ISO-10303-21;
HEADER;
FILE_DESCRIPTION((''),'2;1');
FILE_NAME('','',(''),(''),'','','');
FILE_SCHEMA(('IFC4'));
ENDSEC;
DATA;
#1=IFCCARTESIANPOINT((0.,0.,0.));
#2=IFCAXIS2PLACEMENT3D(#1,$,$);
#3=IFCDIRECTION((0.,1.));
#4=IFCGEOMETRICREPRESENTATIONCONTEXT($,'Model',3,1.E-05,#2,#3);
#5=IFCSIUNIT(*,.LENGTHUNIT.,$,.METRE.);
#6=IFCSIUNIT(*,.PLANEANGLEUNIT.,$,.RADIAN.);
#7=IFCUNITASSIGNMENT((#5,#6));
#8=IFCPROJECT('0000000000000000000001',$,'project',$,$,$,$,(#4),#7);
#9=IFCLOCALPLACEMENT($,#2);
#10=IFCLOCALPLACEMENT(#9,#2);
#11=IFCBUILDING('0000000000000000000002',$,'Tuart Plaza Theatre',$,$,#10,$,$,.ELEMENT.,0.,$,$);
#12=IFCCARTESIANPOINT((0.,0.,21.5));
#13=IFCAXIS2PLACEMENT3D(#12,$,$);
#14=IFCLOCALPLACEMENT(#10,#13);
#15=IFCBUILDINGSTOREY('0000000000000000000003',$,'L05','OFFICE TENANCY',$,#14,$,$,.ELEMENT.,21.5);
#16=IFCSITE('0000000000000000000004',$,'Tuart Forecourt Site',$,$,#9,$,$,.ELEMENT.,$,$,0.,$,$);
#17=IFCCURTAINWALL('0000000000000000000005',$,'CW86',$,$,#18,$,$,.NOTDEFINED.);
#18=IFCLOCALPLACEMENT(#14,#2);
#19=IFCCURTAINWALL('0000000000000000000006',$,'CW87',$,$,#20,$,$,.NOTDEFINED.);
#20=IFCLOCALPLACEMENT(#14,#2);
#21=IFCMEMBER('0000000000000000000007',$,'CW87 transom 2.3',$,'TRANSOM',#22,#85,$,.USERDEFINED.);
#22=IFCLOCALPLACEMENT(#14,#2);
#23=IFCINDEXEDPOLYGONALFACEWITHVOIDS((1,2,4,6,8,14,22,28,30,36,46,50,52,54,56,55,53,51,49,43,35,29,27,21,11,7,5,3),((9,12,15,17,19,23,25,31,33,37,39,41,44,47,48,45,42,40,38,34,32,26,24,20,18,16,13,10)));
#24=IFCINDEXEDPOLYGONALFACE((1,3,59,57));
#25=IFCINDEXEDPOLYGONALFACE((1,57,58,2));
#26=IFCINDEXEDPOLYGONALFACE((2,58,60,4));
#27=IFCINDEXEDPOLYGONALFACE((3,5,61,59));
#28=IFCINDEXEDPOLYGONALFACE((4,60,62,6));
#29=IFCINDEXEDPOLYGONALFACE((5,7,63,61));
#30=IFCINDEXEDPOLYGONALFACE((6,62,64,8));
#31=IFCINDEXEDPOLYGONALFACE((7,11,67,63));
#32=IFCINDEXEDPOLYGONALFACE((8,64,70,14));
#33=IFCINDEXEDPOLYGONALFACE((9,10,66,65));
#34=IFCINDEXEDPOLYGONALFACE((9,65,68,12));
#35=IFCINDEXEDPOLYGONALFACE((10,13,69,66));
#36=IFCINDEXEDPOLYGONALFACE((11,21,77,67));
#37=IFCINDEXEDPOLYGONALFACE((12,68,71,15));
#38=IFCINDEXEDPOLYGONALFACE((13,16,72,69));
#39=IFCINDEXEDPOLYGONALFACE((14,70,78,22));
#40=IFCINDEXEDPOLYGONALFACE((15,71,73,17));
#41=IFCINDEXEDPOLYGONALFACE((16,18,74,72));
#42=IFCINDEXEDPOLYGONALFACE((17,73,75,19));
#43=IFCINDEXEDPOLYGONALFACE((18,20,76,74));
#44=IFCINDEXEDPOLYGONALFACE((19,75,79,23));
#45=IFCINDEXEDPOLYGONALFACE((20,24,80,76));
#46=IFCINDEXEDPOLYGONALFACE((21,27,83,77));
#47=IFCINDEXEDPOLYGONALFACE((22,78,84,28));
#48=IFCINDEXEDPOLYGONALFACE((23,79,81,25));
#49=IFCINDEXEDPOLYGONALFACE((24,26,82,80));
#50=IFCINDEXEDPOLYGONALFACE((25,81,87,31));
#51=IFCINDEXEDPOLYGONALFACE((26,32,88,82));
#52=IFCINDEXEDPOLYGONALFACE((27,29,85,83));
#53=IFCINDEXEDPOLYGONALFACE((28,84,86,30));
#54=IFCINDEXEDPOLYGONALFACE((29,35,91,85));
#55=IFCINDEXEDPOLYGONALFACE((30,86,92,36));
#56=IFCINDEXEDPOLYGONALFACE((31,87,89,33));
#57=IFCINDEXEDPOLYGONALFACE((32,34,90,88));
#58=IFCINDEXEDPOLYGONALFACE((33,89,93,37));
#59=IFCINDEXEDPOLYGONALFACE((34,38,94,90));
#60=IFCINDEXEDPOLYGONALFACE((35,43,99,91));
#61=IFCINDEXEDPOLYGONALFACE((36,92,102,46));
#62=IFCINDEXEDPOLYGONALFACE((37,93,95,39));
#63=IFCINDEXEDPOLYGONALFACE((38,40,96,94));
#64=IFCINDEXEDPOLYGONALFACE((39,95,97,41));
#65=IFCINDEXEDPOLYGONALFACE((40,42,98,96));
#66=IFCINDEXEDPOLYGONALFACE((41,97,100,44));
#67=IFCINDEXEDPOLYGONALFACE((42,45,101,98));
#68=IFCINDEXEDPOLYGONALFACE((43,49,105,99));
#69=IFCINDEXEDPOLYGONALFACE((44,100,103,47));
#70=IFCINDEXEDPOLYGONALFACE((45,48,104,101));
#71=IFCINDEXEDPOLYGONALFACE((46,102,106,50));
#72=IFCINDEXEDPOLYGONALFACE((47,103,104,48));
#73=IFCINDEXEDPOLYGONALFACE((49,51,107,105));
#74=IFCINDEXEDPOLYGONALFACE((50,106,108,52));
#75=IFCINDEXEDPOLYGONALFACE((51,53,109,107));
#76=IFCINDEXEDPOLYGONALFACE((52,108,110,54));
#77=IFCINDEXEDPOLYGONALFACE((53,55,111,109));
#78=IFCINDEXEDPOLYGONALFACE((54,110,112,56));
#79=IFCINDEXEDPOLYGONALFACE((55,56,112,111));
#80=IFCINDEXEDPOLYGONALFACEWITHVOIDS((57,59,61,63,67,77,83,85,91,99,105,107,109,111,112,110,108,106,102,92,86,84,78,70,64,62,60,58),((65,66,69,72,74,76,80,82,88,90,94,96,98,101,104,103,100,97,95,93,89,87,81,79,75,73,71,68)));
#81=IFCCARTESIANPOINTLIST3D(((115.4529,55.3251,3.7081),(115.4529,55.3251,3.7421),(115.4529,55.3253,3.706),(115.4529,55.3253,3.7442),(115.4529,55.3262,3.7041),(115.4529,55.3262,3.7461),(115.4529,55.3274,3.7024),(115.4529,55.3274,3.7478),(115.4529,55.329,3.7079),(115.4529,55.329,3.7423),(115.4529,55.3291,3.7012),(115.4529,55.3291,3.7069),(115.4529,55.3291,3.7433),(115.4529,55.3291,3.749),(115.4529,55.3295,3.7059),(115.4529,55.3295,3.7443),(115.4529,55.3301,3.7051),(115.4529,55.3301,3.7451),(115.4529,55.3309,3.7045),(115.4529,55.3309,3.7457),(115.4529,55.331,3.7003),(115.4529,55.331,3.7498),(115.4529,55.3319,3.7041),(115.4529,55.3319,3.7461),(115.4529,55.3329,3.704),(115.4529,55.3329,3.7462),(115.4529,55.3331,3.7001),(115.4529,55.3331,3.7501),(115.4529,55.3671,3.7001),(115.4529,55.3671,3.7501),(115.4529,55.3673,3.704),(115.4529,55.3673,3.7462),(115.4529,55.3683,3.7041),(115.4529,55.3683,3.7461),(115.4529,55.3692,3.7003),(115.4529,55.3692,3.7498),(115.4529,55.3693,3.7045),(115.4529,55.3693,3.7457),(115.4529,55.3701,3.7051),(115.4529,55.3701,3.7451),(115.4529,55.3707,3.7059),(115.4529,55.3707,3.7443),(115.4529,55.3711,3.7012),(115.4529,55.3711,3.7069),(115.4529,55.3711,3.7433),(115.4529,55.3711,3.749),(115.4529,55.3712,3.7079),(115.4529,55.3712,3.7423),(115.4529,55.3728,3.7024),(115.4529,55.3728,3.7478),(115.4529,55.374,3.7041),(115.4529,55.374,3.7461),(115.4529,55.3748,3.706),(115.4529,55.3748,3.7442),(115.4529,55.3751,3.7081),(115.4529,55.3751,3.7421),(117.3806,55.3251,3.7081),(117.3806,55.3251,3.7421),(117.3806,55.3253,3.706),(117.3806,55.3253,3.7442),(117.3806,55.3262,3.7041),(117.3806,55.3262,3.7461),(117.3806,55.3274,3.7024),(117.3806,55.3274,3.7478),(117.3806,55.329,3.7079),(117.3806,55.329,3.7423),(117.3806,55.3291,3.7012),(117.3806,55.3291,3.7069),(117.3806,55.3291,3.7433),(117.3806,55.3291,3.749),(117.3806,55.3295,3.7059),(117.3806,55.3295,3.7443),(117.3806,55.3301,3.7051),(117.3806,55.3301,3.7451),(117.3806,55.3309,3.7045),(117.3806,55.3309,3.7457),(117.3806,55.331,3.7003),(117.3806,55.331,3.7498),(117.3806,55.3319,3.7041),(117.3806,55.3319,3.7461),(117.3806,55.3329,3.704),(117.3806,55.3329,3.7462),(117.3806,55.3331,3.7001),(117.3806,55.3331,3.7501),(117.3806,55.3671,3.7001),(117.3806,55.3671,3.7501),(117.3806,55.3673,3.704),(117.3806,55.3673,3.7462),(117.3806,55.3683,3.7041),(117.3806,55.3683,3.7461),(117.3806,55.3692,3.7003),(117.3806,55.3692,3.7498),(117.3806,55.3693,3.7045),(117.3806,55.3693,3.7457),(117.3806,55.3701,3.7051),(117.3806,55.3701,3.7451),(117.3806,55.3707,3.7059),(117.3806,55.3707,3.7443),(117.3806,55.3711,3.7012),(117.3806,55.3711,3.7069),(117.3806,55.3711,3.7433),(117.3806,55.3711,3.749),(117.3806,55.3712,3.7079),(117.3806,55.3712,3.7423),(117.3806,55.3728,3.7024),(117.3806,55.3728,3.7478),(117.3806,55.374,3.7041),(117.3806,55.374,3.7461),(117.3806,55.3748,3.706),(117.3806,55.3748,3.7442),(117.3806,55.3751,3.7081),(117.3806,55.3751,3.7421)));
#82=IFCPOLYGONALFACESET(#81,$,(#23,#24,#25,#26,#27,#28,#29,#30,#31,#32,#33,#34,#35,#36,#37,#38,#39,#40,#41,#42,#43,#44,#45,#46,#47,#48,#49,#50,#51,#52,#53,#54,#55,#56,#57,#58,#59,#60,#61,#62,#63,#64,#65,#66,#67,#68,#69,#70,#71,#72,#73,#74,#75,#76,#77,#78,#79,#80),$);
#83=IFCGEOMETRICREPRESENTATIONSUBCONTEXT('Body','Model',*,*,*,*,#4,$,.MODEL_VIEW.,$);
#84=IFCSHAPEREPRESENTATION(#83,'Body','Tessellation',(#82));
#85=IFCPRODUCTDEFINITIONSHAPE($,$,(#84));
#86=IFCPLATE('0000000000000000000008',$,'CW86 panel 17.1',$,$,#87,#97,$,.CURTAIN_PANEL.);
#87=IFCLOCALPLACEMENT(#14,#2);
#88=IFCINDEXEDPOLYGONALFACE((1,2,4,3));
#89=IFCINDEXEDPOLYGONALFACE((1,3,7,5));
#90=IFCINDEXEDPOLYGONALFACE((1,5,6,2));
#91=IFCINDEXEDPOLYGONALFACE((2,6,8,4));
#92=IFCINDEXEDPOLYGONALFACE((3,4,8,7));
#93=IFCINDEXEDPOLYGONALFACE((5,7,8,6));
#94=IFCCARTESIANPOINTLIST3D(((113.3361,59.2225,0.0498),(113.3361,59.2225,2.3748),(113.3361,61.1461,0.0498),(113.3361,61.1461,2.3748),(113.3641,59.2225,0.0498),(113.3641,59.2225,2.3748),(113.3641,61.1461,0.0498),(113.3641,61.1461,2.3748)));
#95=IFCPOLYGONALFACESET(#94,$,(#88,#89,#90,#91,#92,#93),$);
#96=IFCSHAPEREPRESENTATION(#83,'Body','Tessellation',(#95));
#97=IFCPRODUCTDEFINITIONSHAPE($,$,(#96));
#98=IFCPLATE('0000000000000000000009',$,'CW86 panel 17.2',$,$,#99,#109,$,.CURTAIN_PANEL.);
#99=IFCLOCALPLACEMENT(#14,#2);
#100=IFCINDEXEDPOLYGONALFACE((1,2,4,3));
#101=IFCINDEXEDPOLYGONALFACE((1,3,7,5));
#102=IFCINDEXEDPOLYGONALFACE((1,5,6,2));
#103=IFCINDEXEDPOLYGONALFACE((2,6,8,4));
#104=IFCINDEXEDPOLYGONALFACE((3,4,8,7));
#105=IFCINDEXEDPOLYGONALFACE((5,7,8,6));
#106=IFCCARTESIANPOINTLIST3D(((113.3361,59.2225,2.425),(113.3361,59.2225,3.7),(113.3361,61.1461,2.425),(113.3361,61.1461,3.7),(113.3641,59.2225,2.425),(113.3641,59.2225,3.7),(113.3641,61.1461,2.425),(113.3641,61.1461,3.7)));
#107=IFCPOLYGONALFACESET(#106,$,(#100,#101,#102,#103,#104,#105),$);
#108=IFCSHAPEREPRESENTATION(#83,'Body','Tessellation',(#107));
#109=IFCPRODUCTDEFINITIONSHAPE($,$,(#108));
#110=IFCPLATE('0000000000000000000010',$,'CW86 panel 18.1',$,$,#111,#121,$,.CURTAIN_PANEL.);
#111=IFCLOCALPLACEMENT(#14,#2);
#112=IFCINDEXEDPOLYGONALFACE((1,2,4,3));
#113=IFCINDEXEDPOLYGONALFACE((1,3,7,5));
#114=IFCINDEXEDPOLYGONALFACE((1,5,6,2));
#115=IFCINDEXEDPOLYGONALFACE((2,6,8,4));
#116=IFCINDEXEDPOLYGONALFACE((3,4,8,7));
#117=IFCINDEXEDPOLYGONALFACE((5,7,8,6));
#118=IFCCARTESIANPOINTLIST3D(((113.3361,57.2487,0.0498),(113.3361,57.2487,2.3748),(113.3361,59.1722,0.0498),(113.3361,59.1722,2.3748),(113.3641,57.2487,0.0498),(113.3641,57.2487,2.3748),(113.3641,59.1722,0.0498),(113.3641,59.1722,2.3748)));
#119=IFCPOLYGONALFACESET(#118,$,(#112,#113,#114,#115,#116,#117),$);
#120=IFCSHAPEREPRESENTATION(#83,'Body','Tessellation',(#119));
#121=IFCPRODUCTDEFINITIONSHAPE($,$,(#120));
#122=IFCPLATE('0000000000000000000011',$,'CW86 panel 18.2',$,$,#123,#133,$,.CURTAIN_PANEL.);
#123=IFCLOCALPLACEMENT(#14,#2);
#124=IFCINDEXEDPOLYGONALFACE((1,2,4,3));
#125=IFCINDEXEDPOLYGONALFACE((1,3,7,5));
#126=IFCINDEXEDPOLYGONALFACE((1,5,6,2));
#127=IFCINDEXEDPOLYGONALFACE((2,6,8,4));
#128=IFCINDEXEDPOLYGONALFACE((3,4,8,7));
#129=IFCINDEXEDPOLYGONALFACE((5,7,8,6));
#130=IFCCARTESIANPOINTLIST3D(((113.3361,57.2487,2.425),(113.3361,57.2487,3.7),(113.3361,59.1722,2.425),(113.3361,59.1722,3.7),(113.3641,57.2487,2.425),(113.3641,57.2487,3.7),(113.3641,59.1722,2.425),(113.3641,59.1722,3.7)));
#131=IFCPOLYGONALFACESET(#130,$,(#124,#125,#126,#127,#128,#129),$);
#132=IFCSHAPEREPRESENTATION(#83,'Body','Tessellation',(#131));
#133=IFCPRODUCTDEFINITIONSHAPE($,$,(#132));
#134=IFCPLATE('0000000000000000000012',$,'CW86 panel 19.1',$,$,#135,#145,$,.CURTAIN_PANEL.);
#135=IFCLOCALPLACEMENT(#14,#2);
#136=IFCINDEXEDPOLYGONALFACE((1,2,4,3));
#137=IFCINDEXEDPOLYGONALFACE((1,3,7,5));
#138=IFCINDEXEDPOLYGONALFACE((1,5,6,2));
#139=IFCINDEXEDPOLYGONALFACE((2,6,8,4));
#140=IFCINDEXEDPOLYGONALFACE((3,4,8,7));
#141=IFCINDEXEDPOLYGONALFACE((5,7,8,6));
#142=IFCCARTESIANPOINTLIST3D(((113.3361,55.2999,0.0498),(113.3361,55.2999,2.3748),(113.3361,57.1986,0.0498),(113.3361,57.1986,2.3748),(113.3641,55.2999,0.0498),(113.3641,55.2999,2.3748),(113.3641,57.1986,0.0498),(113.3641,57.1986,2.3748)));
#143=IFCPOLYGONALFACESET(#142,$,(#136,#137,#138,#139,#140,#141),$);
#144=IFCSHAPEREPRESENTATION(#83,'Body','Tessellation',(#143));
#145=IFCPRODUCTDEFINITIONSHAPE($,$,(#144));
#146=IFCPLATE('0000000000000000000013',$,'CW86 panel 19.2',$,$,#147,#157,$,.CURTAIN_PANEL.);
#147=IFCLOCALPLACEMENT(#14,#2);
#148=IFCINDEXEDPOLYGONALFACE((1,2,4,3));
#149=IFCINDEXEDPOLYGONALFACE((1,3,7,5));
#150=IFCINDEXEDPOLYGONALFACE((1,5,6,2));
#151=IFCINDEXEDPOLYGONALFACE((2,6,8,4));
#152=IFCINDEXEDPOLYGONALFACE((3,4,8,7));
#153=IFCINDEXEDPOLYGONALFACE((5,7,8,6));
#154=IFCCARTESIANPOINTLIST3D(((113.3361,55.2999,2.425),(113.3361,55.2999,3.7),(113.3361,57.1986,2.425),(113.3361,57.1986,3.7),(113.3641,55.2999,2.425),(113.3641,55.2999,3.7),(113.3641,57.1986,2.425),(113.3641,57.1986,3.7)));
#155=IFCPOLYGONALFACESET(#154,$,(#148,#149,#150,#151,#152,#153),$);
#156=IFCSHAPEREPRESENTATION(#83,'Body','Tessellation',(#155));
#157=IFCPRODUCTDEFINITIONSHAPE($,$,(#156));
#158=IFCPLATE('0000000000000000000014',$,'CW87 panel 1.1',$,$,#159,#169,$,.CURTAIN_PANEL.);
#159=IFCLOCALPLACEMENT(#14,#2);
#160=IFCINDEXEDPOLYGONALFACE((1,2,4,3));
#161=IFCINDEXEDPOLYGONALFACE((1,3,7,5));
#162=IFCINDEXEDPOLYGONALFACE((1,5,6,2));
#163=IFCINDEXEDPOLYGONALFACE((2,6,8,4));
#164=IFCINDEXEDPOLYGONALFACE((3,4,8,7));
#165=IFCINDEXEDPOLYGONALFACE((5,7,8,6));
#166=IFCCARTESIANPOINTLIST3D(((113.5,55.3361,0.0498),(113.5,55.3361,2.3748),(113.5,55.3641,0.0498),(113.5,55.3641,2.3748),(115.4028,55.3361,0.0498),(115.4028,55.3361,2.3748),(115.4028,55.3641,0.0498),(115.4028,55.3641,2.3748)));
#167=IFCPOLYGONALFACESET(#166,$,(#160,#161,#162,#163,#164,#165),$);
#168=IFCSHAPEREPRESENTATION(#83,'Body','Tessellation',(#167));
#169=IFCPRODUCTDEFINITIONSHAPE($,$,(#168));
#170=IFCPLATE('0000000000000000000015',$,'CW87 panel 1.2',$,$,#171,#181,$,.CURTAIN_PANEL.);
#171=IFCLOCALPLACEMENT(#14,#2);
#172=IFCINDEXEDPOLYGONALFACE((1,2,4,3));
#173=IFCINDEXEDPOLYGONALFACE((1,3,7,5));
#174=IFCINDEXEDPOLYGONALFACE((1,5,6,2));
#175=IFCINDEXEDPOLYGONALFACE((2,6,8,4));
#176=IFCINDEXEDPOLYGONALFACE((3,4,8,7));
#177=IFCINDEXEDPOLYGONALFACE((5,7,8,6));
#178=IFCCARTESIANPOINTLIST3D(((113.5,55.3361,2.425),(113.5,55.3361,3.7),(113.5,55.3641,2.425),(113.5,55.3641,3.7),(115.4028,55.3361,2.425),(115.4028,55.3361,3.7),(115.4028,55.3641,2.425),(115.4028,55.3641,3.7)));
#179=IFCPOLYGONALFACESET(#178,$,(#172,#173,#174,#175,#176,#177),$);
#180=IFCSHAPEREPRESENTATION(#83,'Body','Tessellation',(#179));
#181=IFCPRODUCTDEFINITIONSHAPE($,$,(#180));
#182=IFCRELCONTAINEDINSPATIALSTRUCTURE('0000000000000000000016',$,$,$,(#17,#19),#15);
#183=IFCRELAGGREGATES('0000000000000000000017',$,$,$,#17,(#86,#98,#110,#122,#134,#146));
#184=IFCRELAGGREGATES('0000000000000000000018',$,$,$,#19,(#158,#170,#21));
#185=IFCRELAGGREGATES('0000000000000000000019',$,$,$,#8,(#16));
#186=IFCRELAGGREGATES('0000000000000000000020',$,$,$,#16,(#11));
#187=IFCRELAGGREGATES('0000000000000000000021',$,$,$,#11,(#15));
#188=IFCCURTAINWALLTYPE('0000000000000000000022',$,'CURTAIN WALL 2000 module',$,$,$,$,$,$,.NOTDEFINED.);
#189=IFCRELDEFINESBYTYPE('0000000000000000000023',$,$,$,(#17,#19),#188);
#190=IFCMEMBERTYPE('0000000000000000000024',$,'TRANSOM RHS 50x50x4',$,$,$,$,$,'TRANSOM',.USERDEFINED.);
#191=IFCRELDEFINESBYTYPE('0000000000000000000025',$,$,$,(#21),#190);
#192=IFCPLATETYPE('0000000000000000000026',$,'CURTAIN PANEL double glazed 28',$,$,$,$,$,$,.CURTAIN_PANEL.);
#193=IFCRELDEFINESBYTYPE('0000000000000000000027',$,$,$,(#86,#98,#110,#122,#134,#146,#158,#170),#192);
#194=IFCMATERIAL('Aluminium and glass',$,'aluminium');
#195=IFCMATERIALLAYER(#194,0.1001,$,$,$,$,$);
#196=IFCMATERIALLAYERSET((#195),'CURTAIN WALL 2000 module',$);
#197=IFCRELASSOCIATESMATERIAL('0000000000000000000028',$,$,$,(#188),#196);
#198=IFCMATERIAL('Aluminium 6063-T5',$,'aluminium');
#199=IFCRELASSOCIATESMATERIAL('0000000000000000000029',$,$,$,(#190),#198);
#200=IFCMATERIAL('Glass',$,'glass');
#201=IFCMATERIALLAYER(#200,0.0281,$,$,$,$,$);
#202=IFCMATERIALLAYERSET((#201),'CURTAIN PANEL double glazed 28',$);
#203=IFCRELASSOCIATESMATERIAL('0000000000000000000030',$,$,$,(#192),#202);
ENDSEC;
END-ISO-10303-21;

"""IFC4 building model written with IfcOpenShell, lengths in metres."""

from ifc_helpers import new_model, si_unit, direction, frame, origin, origin_2d, place, context, subcontext, project, spatial, rectangle, hollow_rectangle, extrude, material, layer, layer_set, material_profile, profile_set, type_object, element, aggregate, save


model = new_model("IFC4")

# Units and contexts
model_context = context("Model", 3, precision=1e-05, world=origin(), true_north=direction((0.0, 1.0)))
body_context = subcontext(model_context, "Body", "Model", "MODEL_VIEW")
ifc_project = project(units=[si_unit("LENGTHUNIT", "METRE"), si_unit("PLANEANGLEUNIT", "RADIAN")], contexts=[model_context])

# Site, building, storey
site_placement = place(None, origin())
site = spatial("IfcSite", under=ifc_project, at=site_placement, Name="Tuart Forecourt Site", CompositionType="ELEMENT", RefElevation=0.0)
building_placement = place(site_placement, origin())
building = spatial("IfcBuilding", under=site, at=building_placement, Name="Tuart Plaza Theatre", CompositionType="ELEMENT", ElevationOfRefHeight=0.0)
storey_placement = place(building_placement, frame((0.0, 0.0, 21.5)))
storey = spatial("IfcBuildingStorey", under=building, at=storey_placement, Name="L05", Description="OFFICE TENANCY", CompositionType="ELEMENT", Elevation=21.5)

# Curtain walls
ifc_material_1 = material(Name="Aluminium and glass", Category="aluminium")
ifc_layer_1 = layer(ifc_material_1, 0.1001)
ifc_layer_set_1 = layer_set([ifc_layer_1], Name="CURTAIN WALL 2000 module")
curtain_wall_type = type_object("IfcCurtainWallType", Name="CURTAIN WALL 2000 module", PredefinedType="NOTDEFINED", material=ifc_layer_set_1)
curtain_wall_1_placement = place(storey_placement, origin())
curtain_wall_1 = element("IfcCurtainWall", 1, at=curtain_wall_1_placement, inside=storey, type_object=curtain_wall_type, Name="CW86", PredefinedType="NOTDEFINED")
curtain_wall_2_placement = place(storey_placement, origin())
curtain_wall_2 = element("IfcCurtainWall", 2, at=curtain_wall_2_placement, inside=storey, type_object=curtain_wall_type, Name="CW87", PredefinedType="NOTDEFINED")

# Member
ifc_material_2 = material(Name="Aluminium 6063-T5", Category="aluminium")
ifc_material_profile_1 = material_profile(ifc_material_2, hollow_rectangle(XDim=0.05, YDim=0.05, WallThickness=0.0039, InnerFilletRadius=0.0039, OuterFilletRadius=0.0081, at=origin_2d()), Name="RHS 50x50x4")
ifc_profile_set_1 = profile_set([ifc_material_profile_1], Name="Aluminium 6063-T5")
member_type_1 = type_object("IfcMemberType", Name="TRANSOM RHS 50x50x4", ElementType="TRANSOM", PredefinedType="USERDEFINED", material=ifc_profile_set_1)
member_1_placement = place(storey_placement, frame((115.4529, 55.3501, 3.7251), z_axis=(1.0, 0.0, 0.0), x_axis=(0.0, 1.0, 0.0)))
member_1 = element("IfcMember", 3, at=member_1_placement, type_object=member_type_1, Name="CW87 transom 2.3", ObjectType="TRANSOM", PredefinedType="USERDEFINED", context=body_context, shape_type="SweptSolid", body=[
    extrude(hollow_rectangle(XDim=0.05, YDim=0.05, WallThickness=0.0039, InnerFilletRadius=0.0039, OuterFilletRadius=0.0081, at=origin_2d()), origin(), (0.0, 0.0, 1.0), 1.9277),
])

# Plates
ifc_material_3 = material(Name="Glass", Category="glass")
ifc_layer_2 = layer(ifc_material_3, 0.0281)
ifc_layer_set_2 = layer_set([ifc_layer_2], Name="CURTAIN PANEL double glazed 28")
plate_type = type_object("IfcPlateType", Name="CURTAIN PANEL double glazed 28", PredefinedType="CURTAIN_PANEL", material=ifc_layer_set_2)
plate_1_placement = place(storey_placement, frame((113.3501, 60.1843, 0.0498), z_axis=(0.0, 0.0, 1.0), x_axis=(0.0, -1.0, 0.0)))
plate_1 = element("IfcPlate", 4, at=plate_1_placement, type_object=plate_type, Name="CW86 panel 17.1", PredefinedType="CURTAIN_PANEL", context=body_context, shape_type="SweptSolid", body=[
    extrude(rectangle(XDim=1.9236, YDim=0.0281, at=origin_2d()), origin(), (0.0, 0.0, 1.0), 2.325),
])
plate_2_placement = place(storey_placement, frame((113.3501, 60.1843, 2.425), z_axis=(0.0, 0.0, 1.0), x_axis=(0.0, -1.0, 0.0)))
plate_2 = element("IfcPlate", 5, at=plate_2_placement, type_object=plate_type, Name="CW86 panel 17.2", PredefinedType="CURTAIN_PANEL", context=body_context, shape_type="SweptSolid", body=[
    extrude(rectangle(XDim=1.9236, YDim=0.0281, at=origin_2d()), origin(), (0.0, 0.0, 1.0), 1.2749),
])
plate_3_placement = place(storey_placement, frame((113.3501, 58.2104, 0.0498), z_axis=(0.0, 0.0, 1.0), x_axis=(0.0, -1.0, 0.0)))
plate_3 = element("IfcPlate", 6, at=plate_3_placement, type_object=plate_type, Name="CW86 panel 18.1", PredefinedType="CURTAIN_PANEL", context=body_context, shape_type="SweptSolid", body=[
    extrude(rectangle(XDim=1.9236, YDim=0.0281, at=origin_2d()), origin(), (0.0, 0.0, 1.0), 2.325),
])
plate_4_placement = place(storey_placement, frame((113.3501, 58.2104, 2.425), z_axis=(0.0, 0.0, 1.0), x_axis=(0.0, -1.0, 0.0)))
plate_4 = element("IfcPlate", 7, at=plate_4_placement, type_object=plate_type, Name="CW86 panel 18.2", PredefinedType="CURTAIN_PANEL", context=body_context, shape_type="SweptSolid", body=[
    extrude(rectangle(XDim=1.9236, YDim=0.0281, at=origin_2d()), origin(), (0.0, 0.0, 1.0), 1.2749),
])
plate_5_placement = place(storey_placement, frame((113.3501, 56.2493, 0.0498), z_axis=(0.0, 0.0, 1.0), x_axis=(0.0, -1.0, 0.0)))
plate_5 = element("IfcPlate", 8, at=plate_5_placement, type_object=plate_type, Name="CW86 panel 19.1", PredefinedType="CURTAIN_PANEL", context=body_context, shape_type="SweptSolid", body=[
    extrude(rectangle(XDim=1.8987, YDim=0.0281, at=origin_2d()), origin(), (0.0, 0.0, 1.0), 2.325),
])
plate_6_placement = place(storey_placement, frame((113.3501, 56.2493, 2.425), z_axis=(0.0, 0.0, 1.0), x_axis=(0.0, -1.0, 0.0)))
plate_6 = element("IfcPlate", 9, at=plate_6_placement, type_object=plate_type, Name="CW86 panel 19.2", PredefinedType="CURTAIN_PANEL", context=body_context, shape_type="SweptSolid", body=[
    extrude(rectangle(XDim=1.8987, YDim=0.0281, at=origin_2d()), origin(), (0.0, 0.0, 1.0), 1.2749),
])
aggregate(curtain_wall_1, [plate_1, plate_2, plate_3, plate_4, plate_5, plate_6])
plate_7_placement = place(storey_placement, frame((114.4514, 55.3501, 0.0498), z_axis=(0.0, 0.0, 1.0), x_axis=(1.0, 0.0, 0.0)))
plate_7 = element("IfcPlate", 10, at=plate_7_placement, type_object=plate_type, Name="CW87 panel 1.1", PredefinedType="CURTAIN_PANEL", context=body_context, shape_type="SweptSolid", body=[
    extrude(rectangle(XDim=1.9028, YDim=0.0281, at=origin_2d()), origin(), (0.0, 0.0, 1.0), 2.325),
])
plate_8_placement = place(storey_placement, frame((114.4514, 55.3501, 2.425), z_axis=(0.0, 0.0, 1.0), x_axis=(1.0, 0.0, 0.0)))
plate_8 = element("IfcPlate", 11, at=plate_8_placement, type_object=plate_type, Name="CW87 panel 1.2", PredefinedType="CURTAIN_PANEL", context=body_context, shape_type="SweptSolid", body=[
    extrude(rectangle(XDim=1.9028, YDim=0.0281, at=origin_2d()), origin(), (0.0, 0.0, 1.0), 1.2749),
])
aggregate(curtain_wall_2, [plate_7, plate_8, member_1])

save(model, "model.ifc")
